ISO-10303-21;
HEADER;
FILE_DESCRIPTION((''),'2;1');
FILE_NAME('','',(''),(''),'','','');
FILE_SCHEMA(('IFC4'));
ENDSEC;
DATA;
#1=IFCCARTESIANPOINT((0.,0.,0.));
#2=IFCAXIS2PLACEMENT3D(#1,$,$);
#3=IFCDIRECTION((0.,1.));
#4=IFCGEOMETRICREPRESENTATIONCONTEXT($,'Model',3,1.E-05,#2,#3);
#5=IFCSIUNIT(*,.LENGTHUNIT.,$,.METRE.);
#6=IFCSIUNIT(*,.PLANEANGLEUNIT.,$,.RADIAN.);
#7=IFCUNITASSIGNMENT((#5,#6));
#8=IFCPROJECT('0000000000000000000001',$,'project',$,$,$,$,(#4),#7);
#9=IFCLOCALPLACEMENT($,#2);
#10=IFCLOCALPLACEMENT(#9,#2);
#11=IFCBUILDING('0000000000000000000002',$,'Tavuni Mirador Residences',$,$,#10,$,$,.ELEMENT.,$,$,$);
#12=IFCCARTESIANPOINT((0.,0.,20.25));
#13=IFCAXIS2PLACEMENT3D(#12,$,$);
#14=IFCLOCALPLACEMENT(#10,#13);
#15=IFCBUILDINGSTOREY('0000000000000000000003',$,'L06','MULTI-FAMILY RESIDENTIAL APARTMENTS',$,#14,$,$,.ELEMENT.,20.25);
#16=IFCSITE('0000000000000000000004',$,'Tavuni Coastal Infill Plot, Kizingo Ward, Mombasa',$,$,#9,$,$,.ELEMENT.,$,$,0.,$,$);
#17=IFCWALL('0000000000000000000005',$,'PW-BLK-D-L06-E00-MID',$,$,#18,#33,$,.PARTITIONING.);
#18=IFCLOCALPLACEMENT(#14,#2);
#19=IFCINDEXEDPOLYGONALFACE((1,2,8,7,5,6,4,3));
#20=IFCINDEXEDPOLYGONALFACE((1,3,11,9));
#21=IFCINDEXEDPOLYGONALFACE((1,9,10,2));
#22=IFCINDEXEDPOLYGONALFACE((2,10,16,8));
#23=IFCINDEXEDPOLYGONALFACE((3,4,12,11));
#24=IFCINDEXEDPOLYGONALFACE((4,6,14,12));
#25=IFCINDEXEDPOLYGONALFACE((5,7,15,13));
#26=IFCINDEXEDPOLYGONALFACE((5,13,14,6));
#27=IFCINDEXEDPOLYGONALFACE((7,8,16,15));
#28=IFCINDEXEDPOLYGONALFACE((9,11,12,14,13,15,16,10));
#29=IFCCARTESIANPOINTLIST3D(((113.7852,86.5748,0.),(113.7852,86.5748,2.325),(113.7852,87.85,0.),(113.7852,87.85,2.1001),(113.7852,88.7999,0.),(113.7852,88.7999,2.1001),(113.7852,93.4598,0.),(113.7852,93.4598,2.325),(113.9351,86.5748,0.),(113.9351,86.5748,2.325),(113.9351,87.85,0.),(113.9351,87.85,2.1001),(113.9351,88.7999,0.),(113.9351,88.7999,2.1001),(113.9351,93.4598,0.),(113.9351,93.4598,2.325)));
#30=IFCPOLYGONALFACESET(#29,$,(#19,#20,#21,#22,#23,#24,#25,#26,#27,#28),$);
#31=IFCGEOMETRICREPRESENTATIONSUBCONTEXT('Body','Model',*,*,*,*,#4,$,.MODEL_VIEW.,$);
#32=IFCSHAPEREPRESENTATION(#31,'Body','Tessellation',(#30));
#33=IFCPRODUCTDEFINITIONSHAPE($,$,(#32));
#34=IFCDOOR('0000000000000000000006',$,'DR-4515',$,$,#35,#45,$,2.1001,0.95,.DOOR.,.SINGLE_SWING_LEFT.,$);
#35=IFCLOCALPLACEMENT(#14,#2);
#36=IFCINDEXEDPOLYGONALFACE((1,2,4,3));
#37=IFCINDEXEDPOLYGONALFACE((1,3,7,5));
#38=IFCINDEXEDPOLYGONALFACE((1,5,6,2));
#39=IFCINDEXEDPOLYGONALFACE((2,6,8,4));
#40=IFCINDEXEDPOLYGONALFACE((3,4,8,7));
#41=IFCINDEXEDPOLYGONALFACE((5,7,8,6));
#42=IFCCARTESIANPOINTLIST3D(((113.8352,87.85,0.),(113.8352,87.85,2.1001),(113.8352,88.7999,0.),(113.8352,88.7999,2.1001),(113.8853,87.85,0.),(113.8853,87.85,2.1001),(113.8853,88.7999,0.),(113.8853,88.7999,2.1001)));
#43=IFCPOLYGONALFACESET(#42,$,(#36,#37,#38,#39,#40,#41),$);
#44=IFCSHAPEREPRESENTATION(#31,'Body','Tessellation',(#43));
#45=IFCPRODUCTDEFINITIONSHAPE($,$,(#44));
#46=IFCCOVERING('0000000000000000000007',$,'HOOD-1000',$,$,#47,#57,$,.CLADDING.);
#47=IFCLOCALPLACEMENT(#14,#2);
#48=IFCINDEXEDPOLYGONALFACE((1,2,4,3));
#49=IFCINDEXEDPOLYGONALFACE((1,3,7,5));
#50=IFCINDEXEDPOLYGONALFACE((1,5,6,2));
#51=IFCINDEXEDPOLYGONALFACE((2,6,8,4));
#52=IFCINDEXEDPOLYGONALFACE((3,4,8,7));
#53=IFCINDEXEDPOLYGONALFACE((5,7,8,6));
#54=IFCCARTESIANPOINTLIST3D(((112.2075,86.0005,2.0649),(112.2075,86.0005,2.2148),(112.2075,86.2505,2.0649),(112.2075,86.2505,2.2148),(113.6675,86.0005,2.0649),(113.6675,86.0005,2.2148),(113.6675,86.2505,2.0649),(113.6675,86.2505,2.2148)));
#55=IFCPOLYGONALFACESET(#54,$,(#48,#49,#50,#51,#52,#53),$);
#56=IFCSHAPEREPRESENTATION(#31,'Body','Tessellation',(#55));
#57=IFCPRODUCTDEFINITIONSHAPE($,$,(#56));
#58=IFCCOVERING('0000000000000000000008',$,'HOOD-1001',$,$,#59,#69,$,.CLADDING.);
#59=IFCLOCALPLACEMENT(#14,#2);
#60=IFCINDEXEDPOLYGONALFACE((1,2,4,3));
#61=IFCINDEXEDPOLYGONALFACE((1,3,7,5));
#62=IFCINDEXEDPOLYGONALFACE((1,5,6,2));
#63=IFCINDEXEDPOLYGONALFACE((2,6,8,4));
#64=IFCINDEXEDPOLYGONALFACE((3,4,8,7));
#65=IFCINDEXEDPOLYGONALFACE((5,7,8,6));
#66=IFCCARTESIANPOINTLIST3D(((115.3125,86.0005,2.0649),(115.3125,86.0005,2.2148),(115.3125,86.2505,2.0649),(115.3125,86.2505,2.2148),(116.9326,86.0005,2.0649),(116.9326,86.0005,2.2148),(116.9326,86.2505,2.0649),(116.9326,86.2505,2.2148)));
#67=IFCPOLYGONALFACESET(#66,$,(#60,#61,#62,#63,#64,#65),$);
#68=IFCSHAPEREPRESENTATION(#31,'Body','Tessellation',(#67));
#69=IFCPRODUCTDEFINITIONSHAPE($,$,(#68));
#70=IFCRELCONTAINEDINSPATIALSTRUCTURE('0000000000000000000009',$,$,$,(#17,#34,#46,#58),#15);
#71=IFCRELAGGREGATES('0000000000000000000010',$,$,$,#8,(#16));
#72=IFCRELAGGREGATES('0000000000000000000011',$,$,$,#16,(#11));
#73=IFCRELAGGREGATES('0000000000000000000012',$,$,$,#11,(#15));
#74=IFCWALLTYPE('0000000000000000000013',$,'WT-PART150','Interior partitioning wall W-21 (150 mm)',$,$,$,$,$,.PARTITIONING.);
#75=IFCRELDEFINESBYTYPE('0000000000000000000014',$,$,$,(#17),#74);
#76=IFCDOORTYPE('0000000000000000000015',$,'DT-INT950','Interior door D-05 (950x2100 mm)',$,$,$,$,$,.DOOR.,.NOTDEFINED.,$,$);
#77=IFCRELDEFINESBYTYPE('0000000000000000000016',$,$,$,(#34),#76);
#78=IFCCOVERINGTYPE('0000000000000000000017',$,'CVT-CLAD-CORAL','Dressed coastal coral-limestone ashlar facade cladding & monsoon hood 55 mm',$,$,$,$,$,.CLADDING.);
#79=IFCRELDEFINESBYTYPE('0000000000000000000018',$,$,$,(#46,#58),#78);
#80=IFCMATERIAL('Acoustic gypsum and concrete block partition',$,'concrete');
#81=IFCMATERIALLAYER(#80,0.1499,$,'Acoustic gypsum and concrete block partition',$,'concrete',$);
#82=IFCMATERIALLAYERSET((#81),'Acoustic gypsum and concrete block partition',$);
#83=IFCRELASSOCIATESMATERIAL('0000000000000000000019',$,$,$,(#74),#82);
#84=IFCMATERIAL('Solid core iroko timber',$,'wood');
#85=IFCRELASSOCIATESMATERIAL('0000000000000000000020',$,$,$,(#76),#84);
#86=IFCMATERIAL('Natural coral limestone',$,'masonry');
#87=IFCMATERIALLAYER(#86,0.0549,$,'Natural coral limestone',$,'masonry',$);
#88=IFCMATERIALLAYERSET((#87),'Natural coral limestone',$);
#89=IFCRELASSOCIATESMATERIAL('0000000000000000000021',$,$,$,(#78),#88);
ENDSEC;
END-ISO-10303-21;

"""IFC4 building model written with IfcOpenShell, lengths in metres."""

from ifc_helpers import new_model, si_unit, direction, frame, frame_2d, origin, origin_2d, place, context, subcontext, project, spatial, rectangle, extrude, material, layer, layer_set, type_object, element, fill, save


model = new_model("IFC4")

# Units and contexts
model_context = context("Model", 3, precision=1e-05, world=origin(), true_north=direction((0.0, 1.0)))
body_context = subcontext(model_context, "Body", "Model", "MODEL_VIEW")
ifc_project = project(units=[si_unit("LENGTHUNIT", "METRE"), si_unit("PLANEANGLEUNIT", "RADIAN")], contexts=[model_context])

# Site, building, storey
site_placement = place(None, origin())
site = spatial("IfcSite", under=ifc_project, at=site_placement, Name="Tavuni Coastal Infill Plot, Kizingo Ward, Mombasa", CompositionType="ELEMENT", RefElevation=0.0)
building_placement = place(site_placement, origin())
building = spatial("IfcBuilding", under=site, at=building_placement, Name="Tavuni Mirador Residences", CompositionType="ELEMENT")
storey_placement = place(building_placement, frame((0.0, 0.0, 20.25)))
storey = spatial("IfcBuildingStorey", under=building, at=storey_placement, Name="L06", Description="MULTI-FAMILY RESIDENTIAL APARTMENTS", CompositionType="ELEMENT", Elevation=20.25)

# Shared definitions
ifc_material_1 = material(Name="Solid core iroko timber", Category="wood")

# Wall, opening, door
ifc_material_2 = material(Name="Acoustic gypsum and concrete block partition", Category="concrete")
ifc_layer_1 = layer(ifc_material_2, 0.1499, Name="Acoustic gypsum and concrete block partition", Category="concrete")
ifc_layer_set_1 = layer_set([ifc_layer_1], Name="Acoustic gypsum and concrete block partition")
wall_type_1 = type_object("IfcWallType", Name="WT-PART150", Description="Interior partitioning wall W-21 (150 mm)", PredefinedType="PARTITIONING", material=ifc_layer_set_1)
wall_1_placement = place(storey_placement, frame((113.8601, 86.575, 0.0), z_axis=(0.0, 0.0, 1.0), x_axis=(0.0, 1.0, 0.0)))
wall_1 = element("IfcWall", 1, at=wall_1_placement, inside=storey, type_object=wall_type_1, Name="PW-BLK-D-L06-E00-MID", PredefinedType="PARTITIONING", context=body_context, shape_type="SweptSolid", body=[
    extrude(rectangle(XDim=6.885, YDim=0.1499, at=frame_2d((3.4424, 0.0))), origin(), (0.0, 0.0, 1.0), 2.325),
])
opening_1_placement = place(wall_1_placement, frame((1.2749, 0.0, 0.0)))
opening_1 = element("IfcOpeningElement", 2, at=opening_1_placement, cuts=wall_1, PredefinedType="OPENING", context=body_context, shape_type="SweptSolid", body=[
    extrude(rectangle(XDim=0.95, YDim=2.1001, at=frame_2d((0.4751, 1.05))), frame((0.0, 0.085, 0.0), z_axis=(0.0, -1.0, 0.0), x_axis=(1.0, 0.0, 0.0)), (0.0, 0.0, 1.0), 0.1699),
])
door_type_1 = type_object("IfcDoorType", Name="DT-INT950", Description="Interior door D-05 (950x2100 mm)", OperationType="NOTDEFINED", PredefinedType="DOOR", material=ifc_material_1)
door_1_placement = place(opening_1_placement, origin())
door_1 = element("IfcDoor", 3, at=door_1_placement, inside=storey, type_object=door_type_1, Name="DR-4515", OperationType="SINGLE_SWING_LEFT", OverallHeight=2.1001, OverallWidth=0.95, PredefinedType="DOOR", context=body_context, shape_type="SweptSolid", body=[
    extrude(rectangle(XDim=0.95, YDim=2.1001, at=frame_2d((0.4751, 1.05))), frame((0.0, 0.0249, 0.0), z_axis=(0.0, -1.0, 0.0), x_axis=(1.0, 0.0, 0.0)), (0.0, 0.0, 1.0), 0.05),
])
fill(opening_1, door_1)

# Coverings
ifc_material_3 = material(Name="Natural coral limestone", Category="masonry")
ifc_layer_2 = layer(ifc_material_3, 0.0549, Name="Natural coral limestone", Category="masonry")
ifc_layer_set_2 = layer_set([ifc_layer_2], Name="Natural coral limestone")
covering_type = type_object("IfcCoveringType", Name="CVT-CLAD-CORAL", Description="Dressed coastal coral-limestone ashlar facade cladding & monsoon hood 55 mm", PredefinedType="CLADDING", material=ifc_layer_set_2)
covering_1_placement = place(storey_placement, frame((112.9375, 86.1255, 2.0649), z_axis=(0.0, 0.0, 1.0), x_axis=(1.0, 0.0, 0.0)))
element("IfcCovering", 4, at=covering_1_placement, inside=storey, type_object=covering_type, Name="HOOD-1000", PredefinedType="CLADDING", context=body_context, shape_type="SweptSolid", body=[
    extrude(rectangle(XDim=1.46, YDim=0.25, at=origin_2d()), origin(), (0.0, 0.0, 1.0), 0.1499),
])
covering_2_placement = place(storey_placement, frame((116.1226, 86.1255, 2.0649), z_axis=(0.0, 0.0, 1.0), x_axis=(1.0, 0.0, 0.0)))
element("IfcCovering", 5, at=covering_2_placement, inside=storey, type_object=covering_type, Name="HOOD-1001", PredefinedType="CLADDING", context=body_context, shape_type="SweptSolid", body=[
    extrude(rectangle(XDim=1.6201, YDim=0.25, at=origin_2d()), origin(), (0.0, 0.0, 1.0), 0.1499),
])

save(model, "model.ifc")
